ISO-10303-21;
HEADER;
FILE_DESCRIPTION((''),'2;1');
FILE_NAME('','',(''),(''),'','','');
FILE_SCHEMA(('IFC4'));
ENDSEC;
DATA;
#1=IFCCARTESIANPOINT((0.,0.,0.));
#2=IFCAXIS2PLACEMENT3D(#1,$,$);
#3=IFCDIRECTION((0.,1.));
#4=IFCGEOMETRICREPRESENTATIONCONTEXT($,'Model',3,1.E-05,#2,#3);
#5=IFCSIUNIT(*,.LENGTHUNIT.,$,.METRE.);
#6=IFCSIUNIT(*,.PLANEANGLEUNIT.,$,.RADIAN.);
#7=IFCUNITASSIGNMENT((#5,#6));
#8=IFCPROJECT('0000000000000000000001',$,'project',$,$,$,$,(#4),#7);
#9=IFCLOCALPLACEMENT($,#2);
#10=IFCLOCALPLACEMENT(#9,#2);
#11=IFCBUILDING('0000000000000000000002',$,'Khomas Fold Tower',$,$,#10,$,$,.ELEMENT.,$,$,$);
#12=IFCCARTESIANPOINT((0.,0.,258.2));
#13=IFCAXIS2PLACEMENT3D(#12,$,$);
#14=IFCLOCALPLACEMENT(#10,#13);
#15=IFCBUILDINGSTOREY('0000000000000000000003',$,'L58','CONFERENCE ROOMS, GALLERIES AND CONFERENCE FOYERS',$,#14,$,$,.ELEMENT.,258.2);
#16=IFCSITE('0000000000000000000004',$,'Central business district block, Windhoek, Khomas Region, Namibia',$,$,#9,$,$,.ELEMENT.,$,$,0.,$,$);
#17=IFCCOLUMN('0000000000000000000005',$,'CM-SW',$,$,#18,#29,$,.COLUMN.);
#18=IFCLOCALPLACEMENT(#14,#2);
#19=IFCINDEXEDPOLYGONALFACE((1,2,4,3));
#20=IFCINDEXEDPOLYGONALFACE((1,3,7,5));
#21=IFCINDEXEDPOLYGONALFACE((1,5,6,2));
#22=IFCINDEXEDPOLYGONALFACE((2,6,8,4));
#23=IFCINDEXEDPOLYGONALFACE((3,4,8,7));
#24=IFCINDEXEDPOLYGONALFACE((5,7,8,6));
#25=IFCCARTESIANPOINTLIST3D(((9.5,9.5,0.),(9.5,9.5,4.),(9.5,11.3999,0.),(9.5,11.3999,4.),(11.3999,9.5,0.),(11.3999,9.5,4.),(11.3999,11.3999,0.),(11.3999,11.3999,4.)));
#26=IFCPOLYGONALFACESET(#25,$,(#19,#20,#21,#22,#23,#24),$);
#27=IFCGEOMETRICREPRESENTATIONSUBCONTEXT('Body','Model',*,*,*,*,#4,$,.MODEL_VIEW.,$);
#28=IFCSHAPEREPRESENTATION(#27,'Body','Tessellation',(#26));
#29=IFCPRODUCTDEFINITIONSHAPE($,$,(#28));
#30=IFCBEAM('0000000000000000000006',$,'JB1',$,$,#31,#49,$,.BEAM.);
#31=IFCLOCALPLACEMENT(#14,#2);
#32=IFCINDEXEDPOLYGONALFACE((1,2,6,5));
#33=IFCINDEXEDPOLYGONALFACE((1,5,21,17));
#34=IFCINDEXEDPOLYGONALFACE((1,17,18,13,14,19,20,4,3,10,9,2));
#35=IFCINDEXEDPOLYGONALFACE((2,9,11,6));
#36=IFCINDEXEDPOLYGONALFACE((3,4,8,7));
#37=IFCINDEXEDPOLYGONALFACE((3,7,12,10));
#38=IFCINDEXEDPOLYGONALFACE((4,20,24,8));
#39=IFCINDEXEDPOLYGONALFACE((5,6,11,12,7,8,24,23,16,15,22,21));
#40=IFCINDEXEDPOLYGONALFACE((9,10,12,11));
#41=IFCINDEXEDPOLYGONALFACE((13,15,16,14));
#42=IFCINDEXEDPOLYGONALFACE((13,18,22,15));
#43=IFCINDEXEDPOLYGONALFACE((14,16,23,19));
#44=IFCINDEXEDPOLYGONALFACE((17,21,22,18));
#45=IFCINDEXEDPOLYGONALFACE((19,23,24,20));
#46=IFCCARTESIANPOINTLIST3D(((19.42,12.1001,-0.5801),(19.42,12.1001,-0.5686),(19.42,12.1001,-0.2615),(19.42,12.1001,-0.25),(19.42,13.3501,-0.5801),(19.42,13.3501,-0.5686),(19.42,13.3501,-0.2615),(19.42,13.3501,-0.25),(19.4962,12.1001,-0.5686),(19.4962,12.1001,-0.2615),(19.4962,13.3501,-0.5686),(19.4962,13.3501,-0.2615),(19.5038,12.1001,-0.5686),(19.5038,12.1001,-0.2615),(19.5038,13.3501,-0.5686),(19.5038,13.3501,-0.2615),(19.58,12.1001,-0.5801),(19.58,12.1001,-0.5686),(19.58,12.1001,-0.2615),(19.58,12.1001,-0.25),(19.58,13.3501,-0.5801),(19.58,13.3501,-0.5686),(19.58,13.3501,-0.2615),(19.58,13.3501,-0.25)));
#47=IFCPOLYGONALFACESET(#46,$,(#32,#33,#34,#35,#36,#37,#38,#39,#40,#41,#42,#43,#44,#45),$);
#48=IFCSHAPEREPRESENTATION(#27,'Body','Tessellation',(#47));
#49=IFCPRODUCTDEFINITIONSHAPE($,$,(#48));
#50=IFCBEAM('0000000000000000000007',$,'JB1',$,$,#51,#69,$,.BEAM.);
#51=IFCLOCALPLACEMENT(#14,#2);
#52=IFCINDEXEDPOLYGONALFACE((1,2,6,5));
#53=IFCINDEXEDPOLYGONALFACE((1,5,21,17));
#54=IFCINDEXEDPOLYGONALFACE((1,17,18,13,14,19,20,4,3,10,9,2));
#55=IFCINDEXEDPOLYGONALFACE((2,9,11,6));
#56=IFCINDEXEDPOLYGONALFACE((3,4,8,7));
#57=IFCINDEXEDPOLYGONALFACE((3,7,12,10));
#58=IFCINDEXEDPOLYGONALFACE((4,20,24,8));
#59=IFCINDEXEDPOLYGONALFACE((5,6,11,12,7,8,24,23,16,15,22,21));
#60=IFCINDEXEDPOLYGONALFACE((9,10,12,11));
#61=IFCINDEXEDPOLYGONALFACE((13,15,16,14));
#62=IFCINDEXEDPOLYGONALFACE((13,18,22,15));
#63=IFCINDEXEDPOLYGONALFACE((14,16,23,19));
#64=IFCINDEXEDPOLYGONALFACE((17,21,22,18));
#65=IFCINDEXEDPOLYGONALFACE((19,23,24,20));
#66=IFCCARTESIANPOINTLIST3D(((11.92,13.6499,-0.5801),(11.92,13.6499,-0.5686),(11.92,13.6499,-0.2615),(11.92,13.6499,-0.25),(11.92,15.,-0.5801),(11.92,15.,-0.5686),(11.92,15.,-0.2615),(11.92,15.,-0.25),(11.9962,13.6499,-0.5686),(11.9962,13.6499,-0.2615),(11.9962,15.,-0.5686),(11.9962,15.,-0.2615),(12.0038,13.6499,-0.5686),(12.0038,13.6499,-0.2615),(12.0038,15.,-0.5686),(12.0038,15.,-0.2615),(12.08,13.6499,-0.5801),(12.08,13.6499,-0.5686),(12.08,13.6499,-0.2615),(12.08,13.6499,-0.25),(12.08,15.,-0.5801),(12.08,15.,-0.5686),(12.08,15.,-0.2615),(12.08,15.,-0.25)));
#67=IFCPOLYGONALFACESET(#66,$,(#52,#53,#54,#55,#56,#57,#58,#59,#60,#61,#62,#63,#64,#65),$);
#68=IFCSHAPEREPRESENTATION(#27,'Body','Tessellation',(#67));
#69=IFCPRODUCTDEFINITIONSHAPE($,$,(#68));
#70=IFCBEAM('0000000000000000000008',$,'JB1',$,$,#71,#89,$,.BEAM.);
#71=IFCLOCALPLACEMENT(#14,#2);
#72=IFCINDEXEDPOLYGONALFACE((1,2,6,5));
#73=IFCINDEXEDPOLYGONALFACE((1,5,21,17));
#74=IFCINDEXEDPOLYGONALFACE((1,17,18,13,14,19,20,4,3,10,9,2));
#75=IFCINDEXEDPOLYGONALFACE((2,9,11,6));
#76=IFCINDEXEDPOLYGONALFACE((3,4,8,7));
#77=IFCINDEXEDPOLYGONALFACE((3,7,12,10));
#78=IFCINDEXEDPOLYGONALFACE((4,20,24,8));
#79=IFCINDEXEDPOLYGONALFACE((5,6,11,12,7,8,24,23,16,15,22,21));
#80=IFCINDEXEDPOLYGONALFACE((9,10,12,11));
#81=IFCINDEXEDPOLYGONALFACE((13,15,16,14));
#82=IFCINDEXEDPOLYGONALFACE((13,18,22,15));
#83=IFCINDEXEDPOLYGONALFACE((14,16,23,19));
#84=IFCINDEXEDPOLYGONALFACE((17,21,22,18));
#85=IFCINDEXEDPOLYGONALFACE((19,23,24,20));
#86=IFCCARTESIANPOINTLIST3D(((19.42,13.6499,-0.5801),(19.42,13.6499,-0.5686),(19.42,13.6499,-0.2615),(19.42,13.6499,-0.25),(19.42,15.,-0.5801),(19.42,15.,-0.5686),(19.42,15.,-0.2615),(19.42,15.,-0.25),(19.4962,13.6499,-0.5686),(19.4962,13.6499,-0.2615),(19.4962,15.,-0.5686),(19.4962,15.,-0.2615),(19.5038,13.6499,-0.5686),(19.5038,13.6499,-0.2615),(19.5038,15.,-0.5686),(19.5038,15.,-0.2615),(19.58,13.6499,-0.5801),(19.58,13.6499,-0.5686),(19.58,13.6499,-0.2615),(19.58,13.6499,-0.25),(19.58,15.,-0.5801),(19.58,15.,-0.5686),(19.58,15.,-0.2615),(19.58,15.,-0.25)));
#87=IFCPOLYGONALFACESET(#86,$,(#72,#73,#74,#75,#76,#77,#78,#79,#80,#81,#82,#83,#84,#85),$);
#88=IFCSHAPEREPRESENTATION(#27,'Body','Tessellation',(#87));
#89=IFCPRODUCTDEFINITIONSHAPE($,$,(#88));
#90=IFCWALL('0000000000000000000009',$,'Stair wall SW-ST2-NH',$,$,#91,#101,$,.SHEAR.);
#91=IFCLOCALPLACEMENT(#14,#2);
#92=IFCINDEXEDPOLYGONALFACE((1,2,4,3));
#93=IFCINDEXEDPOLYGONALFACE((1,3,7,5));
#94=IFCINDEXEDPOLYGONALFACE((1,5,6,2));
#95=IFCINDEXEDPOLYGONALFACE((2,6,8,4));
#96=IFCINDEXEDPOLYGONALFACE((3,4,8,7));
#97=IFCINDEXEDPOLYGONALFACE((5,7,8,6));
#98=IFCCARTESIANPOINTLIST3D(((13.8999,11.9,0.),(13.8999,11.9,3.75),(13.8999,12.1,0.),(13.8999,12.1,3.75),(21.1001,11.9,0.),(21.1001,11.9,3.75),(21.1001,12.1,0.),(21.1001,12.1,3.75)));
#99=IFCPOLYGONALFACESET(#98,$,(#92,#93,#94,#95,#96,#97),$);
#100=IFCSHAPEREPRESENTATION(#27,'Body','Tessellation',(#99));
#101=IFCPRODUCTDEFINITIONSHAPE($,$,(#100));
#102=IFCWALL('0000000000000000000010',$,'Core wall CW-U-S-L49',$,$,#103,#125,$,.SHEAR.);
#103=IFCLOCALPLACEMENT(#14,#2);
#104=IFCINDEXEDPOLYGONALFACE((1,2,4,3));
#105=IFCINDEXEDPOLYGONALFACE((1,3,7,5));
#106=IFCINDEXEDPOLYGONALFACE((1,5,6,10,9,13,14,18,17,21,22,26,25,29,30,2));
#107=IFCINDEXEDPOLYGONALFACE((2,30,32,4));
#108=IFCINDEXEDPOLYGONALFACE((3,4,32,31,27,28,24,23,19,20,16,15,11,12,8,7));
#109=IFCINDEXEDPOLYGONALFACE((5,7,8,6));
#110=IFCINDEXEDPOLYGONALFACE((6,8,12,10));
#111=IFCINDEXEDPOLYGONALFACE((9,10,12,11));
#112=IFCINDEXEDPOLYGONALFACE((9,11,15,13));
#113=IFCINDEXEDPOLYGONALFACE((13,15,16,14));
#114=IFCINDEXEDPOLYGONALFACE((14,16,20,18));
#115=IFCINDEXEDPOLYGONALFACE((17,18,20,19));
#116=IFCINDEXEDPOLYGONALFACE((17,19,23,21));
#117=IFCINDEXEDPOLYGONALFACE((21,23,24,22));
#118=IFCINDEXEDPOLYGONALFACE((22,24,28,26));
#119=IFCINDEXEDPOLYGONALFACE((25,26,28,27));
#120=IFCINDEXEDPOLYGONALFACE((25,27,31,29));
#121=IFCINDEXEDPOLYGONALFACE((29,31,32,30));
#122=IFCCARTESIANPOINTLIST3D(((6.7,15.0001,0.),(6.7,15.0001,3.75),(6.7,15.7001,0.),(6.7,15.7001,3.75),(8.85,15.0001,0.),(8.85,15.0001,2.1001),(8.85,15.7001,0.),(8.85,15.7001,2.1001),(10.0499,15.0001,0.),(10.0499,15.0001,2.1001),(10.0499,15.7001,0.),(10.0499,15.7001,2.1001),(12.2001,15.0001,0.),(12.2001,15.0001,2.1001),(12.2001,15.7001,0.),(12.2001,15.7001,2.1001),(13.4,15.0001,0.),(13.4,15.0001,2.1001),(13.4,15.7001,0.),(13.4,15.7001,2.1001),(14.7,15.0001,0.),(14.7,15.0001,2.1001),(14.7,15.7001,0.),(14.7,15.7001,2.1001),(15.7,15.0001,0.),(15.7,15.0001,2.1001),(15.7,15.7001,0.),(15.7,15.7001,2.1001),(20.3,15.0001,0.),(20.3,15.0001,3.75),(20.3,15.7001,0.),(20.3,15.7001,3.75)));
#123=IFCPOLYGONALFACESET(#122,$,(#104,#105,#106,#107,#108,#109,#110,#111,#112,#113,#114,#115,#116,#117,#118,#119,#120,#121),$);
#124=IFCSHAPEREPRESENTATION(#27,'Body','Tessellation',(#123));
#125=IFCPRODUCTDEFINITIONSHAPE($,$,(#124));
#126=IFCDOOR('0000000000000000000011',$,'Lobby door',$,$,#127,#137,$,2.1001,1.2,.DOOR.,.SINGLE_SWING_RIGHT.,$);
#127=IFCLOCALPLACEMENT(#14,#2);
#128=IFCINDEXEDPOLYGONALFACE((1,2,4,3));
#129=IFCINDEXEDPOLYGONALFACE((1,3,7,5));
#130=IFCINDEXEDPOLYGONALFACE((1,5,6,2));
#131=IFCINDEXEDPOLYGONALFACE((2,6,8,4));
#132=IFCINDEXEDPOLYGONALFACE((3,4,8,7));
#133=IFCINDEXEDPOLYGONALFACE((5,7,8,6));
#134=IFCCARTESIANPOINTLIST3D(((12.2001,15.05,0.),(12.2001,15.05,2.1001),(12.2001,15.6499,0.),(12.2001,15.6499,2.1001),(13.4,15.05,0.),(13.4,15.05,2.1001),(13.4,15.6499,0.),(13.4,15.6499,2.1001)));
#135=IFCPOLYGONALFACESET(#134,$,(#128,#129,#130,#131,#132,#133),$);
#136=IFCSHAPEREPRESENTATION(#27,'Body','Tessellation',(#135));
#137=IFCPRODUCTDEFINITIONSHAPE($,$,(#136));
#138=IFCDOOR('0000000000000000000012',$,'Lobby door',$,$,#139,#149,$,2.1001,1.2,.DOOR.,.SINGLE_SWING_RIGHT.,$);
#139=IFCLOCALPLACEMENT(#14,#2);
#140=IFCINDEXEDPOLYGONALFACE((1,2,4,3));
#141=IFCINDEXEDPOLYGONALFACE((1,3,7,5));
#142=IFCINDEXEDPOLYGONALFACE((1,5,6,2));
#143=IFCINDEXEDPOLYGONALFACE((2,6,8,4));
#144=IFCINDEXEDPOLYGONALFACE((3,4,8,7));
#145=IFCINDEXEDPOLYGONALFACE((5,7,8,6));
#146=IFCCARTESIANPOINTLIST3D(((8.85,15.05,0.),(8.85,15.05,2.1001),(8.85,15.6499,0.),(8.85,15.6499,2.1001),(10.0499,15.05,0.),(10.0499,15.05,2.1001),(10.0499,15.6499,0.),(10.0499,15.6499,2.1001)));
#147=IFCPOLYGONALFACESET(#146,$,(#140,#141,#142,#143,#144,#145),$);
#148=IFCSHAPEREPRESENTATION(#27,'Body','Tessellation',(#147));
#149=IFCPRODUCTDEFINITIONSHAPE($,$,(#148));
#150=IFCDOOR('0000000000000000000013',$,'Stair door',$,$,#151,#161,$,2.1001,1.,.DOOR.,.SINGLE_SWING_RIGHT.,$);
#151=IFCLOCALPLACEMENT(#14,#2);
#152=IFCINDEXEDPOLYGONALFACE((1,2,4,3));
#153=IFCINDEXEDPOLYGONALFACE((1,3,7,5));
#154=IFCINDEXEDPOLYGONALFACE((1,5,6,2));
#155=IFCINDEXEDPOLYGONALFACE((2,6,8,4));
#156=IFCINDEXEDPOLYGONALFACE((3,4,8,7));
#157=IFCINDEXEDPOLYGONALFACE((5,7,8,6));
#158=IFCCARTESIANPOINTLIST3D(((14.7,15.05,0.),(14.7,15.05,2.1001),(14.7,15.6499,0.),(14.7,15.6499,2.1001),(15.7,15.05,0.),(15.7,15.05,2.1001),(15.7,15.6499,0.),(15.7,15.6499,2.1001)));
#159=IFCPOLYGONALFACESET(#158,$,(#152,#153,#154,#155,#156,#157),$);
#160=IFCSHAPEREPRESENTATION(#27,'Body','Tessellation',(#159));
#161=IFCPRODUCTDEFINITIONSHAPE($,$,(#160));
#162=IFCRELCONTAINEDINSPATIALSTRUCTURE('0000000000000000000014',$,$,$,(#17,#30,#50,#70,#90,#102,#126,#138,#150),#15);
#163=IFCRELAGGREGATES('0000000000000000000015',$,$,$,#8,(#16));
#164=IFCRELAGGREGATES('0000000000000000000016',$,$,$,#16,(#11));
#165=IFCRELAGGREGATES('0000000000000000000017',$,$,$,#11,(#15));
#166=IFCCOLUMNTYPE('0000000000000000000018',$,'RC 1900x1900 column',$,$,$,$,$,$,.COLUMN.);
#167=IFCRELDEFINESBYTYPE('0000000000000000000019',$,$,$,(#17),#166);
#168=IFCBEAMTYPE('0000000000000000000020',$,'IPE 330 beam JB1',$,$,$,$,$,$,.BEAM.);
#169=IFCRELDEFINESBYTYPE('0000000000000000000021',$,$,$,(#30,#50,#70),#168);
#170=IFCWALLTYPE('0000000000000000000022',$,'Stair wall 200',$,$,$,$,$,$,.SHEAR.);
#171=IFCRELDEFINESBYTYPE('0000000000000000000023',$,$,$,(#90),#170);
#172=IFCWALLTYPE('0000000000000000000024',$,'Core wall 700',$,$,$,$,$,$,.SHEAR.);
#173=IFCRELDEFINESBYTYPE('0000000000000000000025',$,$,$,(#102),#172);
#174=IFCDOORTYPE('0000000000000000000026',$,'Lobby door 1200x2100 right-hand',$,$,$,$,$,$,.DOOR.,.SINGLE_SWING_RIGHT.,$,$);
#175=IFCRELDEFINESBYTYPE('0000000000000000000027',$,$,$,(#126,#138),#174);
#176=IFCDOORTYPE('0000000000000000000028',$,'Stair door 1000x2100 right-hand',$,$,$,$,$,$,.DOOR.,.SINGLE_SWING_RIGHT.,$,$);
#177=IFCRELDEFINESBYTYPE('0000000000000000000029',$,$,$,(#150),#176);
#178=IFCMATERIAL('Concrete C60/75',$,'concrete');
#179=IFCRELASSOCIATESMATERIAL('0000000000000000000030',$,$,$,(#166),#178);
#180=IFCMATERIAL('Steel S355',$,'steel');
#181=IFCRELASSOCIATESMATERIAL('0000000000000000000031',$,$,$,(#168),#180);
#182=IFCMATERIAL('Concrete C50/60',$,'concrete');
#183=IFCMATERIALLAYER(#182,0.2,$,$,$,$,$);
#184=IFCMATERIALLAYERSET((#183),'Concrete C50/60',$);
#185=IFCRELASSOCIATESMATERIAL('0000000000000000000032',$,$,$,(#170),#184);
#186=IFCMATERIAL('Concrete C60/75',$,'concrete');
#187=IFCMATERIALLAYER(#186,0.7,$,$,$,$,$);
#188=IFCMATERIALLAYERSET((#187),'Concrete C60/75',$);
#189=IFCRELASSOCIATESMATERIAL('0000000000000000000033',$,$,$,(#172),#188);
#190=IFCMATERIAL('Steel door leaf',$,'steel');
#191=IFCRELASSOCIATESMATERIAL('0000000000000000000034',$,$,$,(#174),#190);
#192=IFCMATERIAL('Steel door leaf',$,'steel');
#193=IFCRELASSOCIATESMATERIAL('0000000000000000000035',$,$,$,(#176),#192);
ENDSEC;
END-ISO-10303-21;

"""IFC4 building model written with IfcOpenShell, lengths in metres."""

from ifc_helpers import new_model, si_unit, direction, frame, frame_2d, origin, origin_2d, place, context, subcontext, project, spatial, rectangle, i_section, extrude, source, transform, mapped, material, layer, layer_set, material_profile, profile_set, type_object, element, fill, save


model = new_model("IFC4")

# Units and contexts
model_context = context("Model", 3, precision=1e-05, world=origin(), true_north=direction((0.0, 1.0)))
body_context = subcontext(model_context, "Body", "Model", "MODEL_VIEW")
ifc_project = project(units=[si_unit("LENGTHUNIT", "METRE"), si_unit("PLANEANGLEUNIT", "RADIAN")], contexts=[model_context])

# Site, building, storey
site_placement = place(None, origin())
site = spatial("IfcSite", under=ifc_project, at=site_placement, Name="Central business district block, Windhoek, Khomas Region, Namibia", CompositionType="ELEMENT", RefElevation=0.0)
building_placement = place(site_placement, origin())
building = spatial("IfcBuilding", under=site, at=building_placement, Name="Khomas Fold Tower", CompositionType="ELEMENT")
storey_placement = place(building_placement, frame((0.0, 0.0, 258.2)))
storey = spatial("IfcBuildingStorey", under=building, at=storey_placement, Name="L58", Description="CONFERENCE ROOMS, GALLERIES AND CONFERENCE FOYERS", CompositionType="ELEMENT", Elevation=258.2)

# Column
ifc_material_1 = material(Name="Concrete C60/75", Category="concrete")
ifc_material_profile_1 = material_profile(ifc_material_1, rectangle(XDim=1.8999, YDim=1.8999, at=origin_2d()), Name="RC 1900x1900")
ifc_profile_set_1 = profile_set([ifc_material_profile_1], Name="Concrete C60/75")
column_type = type_object("IfcColumnType", Name="RC 1900x1900 column", PredefinedType="COLUMN", material=ifc_profile_set_1)
shared_shape_1 = source(origin(), body_context, "Body", "SweptSolid", [
    extrude(rectangle(XDim=1.8999, YDim=1.8999, at=origin_2d()), origin(), (0.0, 0.0, 1.0), 4.0),
])
column_placement = place(storey_placement, frame((10.45, 10.45, 0.0), z_axis=(0.0, 0.0, 1.0), x_axis=(1.0, 0.0, 0.0)))
element("IfcColumn", 1, at=column_placement, inside=storey, type_object=column_type, Name="CM-SW", PredefinedType="COLUMN", context=body_context, shape_type="MappedRepresentation", body=[
    mapped(shared_shape_1, transform((0.0, 0.0, 0.0))),
])

# Beams
ifc_material_2 = material(Name="Steel S355", Category="steel")
ifc_material_profile_2 = material_profile(ifc_material_2, i_section(OverallWidth=0.1599, OverallDepth=0.3301, WebThickness=0.0076, FlangeThickness=0.0115, at=origin_2d()), Name="IPE 330")
ifc_profile_set_2 = profile_set([ifc_material_profile_2], Name="Steel S355")
beam_type = type_object("IfcBeamType", Name="IPE 330 beam JB1", PredefinedType="BEAM", material=ifc_profile_set_2)
shared_shape_2 = source(origin(), body_context, "Body", "SweptSolid", [
    extrude(i_section(OverallWidth=0.1599, OverallDepth=0.3301, WebThickness=0.0076, FlangeThickness=0.0115, at=origin_2d()), origin(), (0.0, 0.0, 1.0), 1.25),
])
beam_placement = place(storey_placement, frame((19.5, 12.1001, -0.415), z_axis=(0.0, 1.0, 0.0), x_axis=(-1.0, 0.0, 0.0)))
element("IfcBeam", 2, at=beam_placement, inside=storey, type_object=beam_type, Name="JB1", PredefinedType="BEAM", context=body_context, shape_type="MappedRepresentation", body=[
    mapped(shared_shape_2, transform((0.0, 0.0, 0.0))),
])
shared_shape_3 = source(origin(), body_context, "Body", "SweptSolid", [
    extrude(i_section(OverallWidth=0.1599, OverallDepth=0.3301, WebThickness=0.0076, FlangeThickness=0.0115, at=origin_2d()), origin(), (0.0, 0.0, 1.0), 1.3501),
])
for number, where, z_axis, x_axis, name in (
    (3, (12.0, 13.6499, -0.415), (0.0, 1.0, 0.0), (-1.0, 0.0, 0.0), "JB1"),
    (4, (19.5, 13.6499, -0.415), (0.0, 1.0, 0.0), (-1.0, 0.0, 0.0), "JB1"),
):
    element("IfcBeam", number, at=place(storey_placement, frame(where, z_axis=z_axis, x_axis=x_axis)), inside=storey, type_object=beam_type, Name=name, PredefinedType="BEAM", context=body_context, shape_type="MappedRepresentation", body=[
        mapped(shared_shape_3, transform((0.0, 0.0, 0.0))),
    ])

# Wall
ifc_material_3 = material(Name="Concrete C50/60", Category="concrete")
ifc_layer_1 = layer(ifc_material_3, 0.2)
ifc_layer_set_1 = layer_set([ifc_layer_1], Name="Concrete C50/60")
wall_type_1 = type_object("IfcWallType", Name="Stair wall 200", PredefinedType="SHEAR", material=ifc_layer_set_1)
shared_shape_4 = source(origin(), body_context, "Body", "SweptSolid", [
    extrude(rectangle(XDim=7.2002, YDim=0.2, at=frame_2d((3.6001, 0.0))), origin(), (0.0, 0.0, 1.0), 3.75),
])
wall_1_placement = place(storey_placement, frame((13.8999, 12.0, 0.0), z_axis=(0.0, 0.0, 1.0), x_axis=(1.0, 0.0, 0.0)))
element("IfcWall", 5, at=wall_1_placement, inside=storey, type_object=wall_type_1, Name="Stair wall SW-ST2-NH", PredefinedType="SHEAR", context=body_context, shape_type="MappedRepresentation", body=[
    mapped(shared_shape_4, transform((0.0, 0.0, 0.0))),
])

# Wall, openings, doors
ifc_material_4 = material(Name="Concrete C60/75", Category="concrete")
ifc_layer_2 = layer(ifc_material_4, 0.7)
ifc_layer_set_2 = layer_set([ifc_layer_2], Name="Concrete C60/75")
wall_type_2 = type_object("IfcWallType", Name="Core wall 700", PredefinedType="SHEAR", material=ifc_layer_set_2)
shared_shape_5 = source(origin(), body_context, "Body", "SweptSolid", [
    extrude(rectangle(XDim=13.6001, YDim=0.7, at=frame_2d((6.8, 0.0))), origin(), (0.0, 0.0, 1.0), 3.75),
])
wall_2_placement = place(storey_placement, frame((6.7, 15.3501, 0.0), z_axis=(0.0, 0.0, 1.0), x_axis=(1.0, 0.0, 0.0)))
wall_2 = element("IfcWall", 6, at=wall_2_placement, inside=storey, type_object=wall_type_2, Name="Core wall CW-U-S-L49", PredefinedType="SHEAR", context=body_context, shape_type="MappedRepresentation", body=[
    mapped(shared_shape_5, transform((0.0, 0.0, 0.0))),
])
shared_shape_6 = source(origin(), body_context, "Body", "SweptSolid", [
    extrude(rectangle(XDim=1.2, YDim=2.1001, at=frame_2d((0.6001, 1.05))), frame((0.0, 0.3599, 0.0), z_axis=(0.0, -1.0, 0.0), x_axis=(1.0, 0.0, 0.0)), (0.0, 0.0, 1.0), 0.72),
])
opening_1_placement = place(wall_2_placement, frame((5.5, 0.0, 0.0)))
opening_1 = element("IfcOpeningElement", 7, at=opening_1_placement, cuts=wall_2, PredefinedType="OPENING", context=body_context, shape_type="MappedRepresentation", body=[
    mapped(shared_shape_6, transform((0.0, 0.0, 0.0))),
])
opening_2_placement = place(wall_2_placement, frame((2.1499, 0.0, 0.0)))
opening_2 = element("IfcOpeningElement", 8, at=opening_2_placement, cuts=wall_2, PredefinedType="OPENING", context=body_context, shape_type="MappedRepresentation", body=[
    mapped(shared_shape_6, transform((0.0, 0.0, 0.0))),
])
shared_shape_7 = source(origin(), body_context, "Body", "SweptSolid", [
    extrude(rectangle(XDim=1.0, YDim=2.1001, at=frame_2d((0.5, 1.05))), frame((0.0, 0.3599, 0.0), z_axis=(0.0, -1.0, 0.0), x_axis=(1.0, 0.0, 0.0)), (0.0, 0.0, 1.0), 0.72),
])
opening_3_placement = place(wall_2_placement, frame((8.0, 0.0, 0.0)))
opening_3 = element("IfcOpeningElement", 9, at=opening_3_placement, cuts=wall_2, PredefinedType="OPENING", context=body_context, shape_type="MappedRepresentation", body=[
    mapped(shared_shape_7, transform((0.0, 0.0, 0.0))),
])
ifc_material_5 = material(Name="Steel door leaf", Category="steel")
door_type_1 = type_object("IfcDoorType", Name="Lobby door 1200x2100 right-hand", OperationType="SINGLE_SWING_RIGHT", PredefinedType="DOOR", material=ifc_material_5)
shared_shape_8 = source(origin(), body_context, "Body", "SweptSolid", [
    extrude(rectangle(XDim=1.2, YDim=2.1001, at=frame_2d((0.6001, 1.05))), frame((0.0, 0.2998, 0.0), z_axis=(0.0, -1.0, 0.0), x_axis=(1.0, 0.0, 0.0)), (0.0, 0.0, 1.0), 0.5999),
])
door_1_placement = place(opening_1_placement, origin())
door_1 = element("IfcDoor", 10, at=door_1_placement, inside=storey, type_object=door_type_1, Name="Lobby door", OperationType="SINGLE_SWING_RIGHT", OverallHeight=2.1001, OverallWidth=1.2, PredefinedType="DOOR", context=body_context, shape_type="MappedRepresentation", body=[
    mapped(shared_shape_8, transform((0.0, 0.0, 0.0))),
])
fill(opening_1, door_1)
door_2_placement = place(opening_2_placement, origin())
door_2 = element("IfcDoor", 11, at=door_2_placement, inside=storey, type_object=door_type_1, Name="Lobby door", OperationType="SINGLE_SWING_RIGHT", OverallHeight=2.1001, OverallWidth=1.2, PredefinedType="DOOR", context=body_context, shape_type="MappedRepresentation", body=[
    mapped(shared_shape_8, transform((0.0, 0.0, 0.0))),
])
fill(opening_2, door_2)
ifc_material_6 = material(Name="Steel door leaf", Category="steel")
door_type_2 = type_object("IfcDoorType", Name="Stair door 1000x2100 right-hand", OperationType="SINGLE_SWING_RIGHT", PredefinedType="DOOR", material=ifc_material_6)
shared_shape_9 = source(origin(), body_context, "Body", "SweptSolid", [
    extrude(rectangle(XDim=1.0, YDim=2.1001, at=frame_2d((0.5, 1.05))), frame((0.0, 0.2998, 0.0), z_axis=(0.0, -1.0, 0.0), x_axis=(1.0, 0.0, 0.0)), (0.0, 0.0, 1.0), 0.5999),
])
door_3_placement = place(opening_3_placement, origin())
door_3 = element("IfcDoor", 12, at=door_3_placement, inside=storey, type_object=door_type_2, Name="Stair door", OperationType="SINGLE_SWING_RIGHT", OverallHeight=2.1001, OverallWidth=1.0, PredefinedType="DOOR", context=body_context, shape_type="MappedRepresentation", body=[
    mapped(shared_shape_9, transform((0.0, 0.0, 0.0))),
])
fill(opening_3, door_3)

save(model, "model.ifc")
